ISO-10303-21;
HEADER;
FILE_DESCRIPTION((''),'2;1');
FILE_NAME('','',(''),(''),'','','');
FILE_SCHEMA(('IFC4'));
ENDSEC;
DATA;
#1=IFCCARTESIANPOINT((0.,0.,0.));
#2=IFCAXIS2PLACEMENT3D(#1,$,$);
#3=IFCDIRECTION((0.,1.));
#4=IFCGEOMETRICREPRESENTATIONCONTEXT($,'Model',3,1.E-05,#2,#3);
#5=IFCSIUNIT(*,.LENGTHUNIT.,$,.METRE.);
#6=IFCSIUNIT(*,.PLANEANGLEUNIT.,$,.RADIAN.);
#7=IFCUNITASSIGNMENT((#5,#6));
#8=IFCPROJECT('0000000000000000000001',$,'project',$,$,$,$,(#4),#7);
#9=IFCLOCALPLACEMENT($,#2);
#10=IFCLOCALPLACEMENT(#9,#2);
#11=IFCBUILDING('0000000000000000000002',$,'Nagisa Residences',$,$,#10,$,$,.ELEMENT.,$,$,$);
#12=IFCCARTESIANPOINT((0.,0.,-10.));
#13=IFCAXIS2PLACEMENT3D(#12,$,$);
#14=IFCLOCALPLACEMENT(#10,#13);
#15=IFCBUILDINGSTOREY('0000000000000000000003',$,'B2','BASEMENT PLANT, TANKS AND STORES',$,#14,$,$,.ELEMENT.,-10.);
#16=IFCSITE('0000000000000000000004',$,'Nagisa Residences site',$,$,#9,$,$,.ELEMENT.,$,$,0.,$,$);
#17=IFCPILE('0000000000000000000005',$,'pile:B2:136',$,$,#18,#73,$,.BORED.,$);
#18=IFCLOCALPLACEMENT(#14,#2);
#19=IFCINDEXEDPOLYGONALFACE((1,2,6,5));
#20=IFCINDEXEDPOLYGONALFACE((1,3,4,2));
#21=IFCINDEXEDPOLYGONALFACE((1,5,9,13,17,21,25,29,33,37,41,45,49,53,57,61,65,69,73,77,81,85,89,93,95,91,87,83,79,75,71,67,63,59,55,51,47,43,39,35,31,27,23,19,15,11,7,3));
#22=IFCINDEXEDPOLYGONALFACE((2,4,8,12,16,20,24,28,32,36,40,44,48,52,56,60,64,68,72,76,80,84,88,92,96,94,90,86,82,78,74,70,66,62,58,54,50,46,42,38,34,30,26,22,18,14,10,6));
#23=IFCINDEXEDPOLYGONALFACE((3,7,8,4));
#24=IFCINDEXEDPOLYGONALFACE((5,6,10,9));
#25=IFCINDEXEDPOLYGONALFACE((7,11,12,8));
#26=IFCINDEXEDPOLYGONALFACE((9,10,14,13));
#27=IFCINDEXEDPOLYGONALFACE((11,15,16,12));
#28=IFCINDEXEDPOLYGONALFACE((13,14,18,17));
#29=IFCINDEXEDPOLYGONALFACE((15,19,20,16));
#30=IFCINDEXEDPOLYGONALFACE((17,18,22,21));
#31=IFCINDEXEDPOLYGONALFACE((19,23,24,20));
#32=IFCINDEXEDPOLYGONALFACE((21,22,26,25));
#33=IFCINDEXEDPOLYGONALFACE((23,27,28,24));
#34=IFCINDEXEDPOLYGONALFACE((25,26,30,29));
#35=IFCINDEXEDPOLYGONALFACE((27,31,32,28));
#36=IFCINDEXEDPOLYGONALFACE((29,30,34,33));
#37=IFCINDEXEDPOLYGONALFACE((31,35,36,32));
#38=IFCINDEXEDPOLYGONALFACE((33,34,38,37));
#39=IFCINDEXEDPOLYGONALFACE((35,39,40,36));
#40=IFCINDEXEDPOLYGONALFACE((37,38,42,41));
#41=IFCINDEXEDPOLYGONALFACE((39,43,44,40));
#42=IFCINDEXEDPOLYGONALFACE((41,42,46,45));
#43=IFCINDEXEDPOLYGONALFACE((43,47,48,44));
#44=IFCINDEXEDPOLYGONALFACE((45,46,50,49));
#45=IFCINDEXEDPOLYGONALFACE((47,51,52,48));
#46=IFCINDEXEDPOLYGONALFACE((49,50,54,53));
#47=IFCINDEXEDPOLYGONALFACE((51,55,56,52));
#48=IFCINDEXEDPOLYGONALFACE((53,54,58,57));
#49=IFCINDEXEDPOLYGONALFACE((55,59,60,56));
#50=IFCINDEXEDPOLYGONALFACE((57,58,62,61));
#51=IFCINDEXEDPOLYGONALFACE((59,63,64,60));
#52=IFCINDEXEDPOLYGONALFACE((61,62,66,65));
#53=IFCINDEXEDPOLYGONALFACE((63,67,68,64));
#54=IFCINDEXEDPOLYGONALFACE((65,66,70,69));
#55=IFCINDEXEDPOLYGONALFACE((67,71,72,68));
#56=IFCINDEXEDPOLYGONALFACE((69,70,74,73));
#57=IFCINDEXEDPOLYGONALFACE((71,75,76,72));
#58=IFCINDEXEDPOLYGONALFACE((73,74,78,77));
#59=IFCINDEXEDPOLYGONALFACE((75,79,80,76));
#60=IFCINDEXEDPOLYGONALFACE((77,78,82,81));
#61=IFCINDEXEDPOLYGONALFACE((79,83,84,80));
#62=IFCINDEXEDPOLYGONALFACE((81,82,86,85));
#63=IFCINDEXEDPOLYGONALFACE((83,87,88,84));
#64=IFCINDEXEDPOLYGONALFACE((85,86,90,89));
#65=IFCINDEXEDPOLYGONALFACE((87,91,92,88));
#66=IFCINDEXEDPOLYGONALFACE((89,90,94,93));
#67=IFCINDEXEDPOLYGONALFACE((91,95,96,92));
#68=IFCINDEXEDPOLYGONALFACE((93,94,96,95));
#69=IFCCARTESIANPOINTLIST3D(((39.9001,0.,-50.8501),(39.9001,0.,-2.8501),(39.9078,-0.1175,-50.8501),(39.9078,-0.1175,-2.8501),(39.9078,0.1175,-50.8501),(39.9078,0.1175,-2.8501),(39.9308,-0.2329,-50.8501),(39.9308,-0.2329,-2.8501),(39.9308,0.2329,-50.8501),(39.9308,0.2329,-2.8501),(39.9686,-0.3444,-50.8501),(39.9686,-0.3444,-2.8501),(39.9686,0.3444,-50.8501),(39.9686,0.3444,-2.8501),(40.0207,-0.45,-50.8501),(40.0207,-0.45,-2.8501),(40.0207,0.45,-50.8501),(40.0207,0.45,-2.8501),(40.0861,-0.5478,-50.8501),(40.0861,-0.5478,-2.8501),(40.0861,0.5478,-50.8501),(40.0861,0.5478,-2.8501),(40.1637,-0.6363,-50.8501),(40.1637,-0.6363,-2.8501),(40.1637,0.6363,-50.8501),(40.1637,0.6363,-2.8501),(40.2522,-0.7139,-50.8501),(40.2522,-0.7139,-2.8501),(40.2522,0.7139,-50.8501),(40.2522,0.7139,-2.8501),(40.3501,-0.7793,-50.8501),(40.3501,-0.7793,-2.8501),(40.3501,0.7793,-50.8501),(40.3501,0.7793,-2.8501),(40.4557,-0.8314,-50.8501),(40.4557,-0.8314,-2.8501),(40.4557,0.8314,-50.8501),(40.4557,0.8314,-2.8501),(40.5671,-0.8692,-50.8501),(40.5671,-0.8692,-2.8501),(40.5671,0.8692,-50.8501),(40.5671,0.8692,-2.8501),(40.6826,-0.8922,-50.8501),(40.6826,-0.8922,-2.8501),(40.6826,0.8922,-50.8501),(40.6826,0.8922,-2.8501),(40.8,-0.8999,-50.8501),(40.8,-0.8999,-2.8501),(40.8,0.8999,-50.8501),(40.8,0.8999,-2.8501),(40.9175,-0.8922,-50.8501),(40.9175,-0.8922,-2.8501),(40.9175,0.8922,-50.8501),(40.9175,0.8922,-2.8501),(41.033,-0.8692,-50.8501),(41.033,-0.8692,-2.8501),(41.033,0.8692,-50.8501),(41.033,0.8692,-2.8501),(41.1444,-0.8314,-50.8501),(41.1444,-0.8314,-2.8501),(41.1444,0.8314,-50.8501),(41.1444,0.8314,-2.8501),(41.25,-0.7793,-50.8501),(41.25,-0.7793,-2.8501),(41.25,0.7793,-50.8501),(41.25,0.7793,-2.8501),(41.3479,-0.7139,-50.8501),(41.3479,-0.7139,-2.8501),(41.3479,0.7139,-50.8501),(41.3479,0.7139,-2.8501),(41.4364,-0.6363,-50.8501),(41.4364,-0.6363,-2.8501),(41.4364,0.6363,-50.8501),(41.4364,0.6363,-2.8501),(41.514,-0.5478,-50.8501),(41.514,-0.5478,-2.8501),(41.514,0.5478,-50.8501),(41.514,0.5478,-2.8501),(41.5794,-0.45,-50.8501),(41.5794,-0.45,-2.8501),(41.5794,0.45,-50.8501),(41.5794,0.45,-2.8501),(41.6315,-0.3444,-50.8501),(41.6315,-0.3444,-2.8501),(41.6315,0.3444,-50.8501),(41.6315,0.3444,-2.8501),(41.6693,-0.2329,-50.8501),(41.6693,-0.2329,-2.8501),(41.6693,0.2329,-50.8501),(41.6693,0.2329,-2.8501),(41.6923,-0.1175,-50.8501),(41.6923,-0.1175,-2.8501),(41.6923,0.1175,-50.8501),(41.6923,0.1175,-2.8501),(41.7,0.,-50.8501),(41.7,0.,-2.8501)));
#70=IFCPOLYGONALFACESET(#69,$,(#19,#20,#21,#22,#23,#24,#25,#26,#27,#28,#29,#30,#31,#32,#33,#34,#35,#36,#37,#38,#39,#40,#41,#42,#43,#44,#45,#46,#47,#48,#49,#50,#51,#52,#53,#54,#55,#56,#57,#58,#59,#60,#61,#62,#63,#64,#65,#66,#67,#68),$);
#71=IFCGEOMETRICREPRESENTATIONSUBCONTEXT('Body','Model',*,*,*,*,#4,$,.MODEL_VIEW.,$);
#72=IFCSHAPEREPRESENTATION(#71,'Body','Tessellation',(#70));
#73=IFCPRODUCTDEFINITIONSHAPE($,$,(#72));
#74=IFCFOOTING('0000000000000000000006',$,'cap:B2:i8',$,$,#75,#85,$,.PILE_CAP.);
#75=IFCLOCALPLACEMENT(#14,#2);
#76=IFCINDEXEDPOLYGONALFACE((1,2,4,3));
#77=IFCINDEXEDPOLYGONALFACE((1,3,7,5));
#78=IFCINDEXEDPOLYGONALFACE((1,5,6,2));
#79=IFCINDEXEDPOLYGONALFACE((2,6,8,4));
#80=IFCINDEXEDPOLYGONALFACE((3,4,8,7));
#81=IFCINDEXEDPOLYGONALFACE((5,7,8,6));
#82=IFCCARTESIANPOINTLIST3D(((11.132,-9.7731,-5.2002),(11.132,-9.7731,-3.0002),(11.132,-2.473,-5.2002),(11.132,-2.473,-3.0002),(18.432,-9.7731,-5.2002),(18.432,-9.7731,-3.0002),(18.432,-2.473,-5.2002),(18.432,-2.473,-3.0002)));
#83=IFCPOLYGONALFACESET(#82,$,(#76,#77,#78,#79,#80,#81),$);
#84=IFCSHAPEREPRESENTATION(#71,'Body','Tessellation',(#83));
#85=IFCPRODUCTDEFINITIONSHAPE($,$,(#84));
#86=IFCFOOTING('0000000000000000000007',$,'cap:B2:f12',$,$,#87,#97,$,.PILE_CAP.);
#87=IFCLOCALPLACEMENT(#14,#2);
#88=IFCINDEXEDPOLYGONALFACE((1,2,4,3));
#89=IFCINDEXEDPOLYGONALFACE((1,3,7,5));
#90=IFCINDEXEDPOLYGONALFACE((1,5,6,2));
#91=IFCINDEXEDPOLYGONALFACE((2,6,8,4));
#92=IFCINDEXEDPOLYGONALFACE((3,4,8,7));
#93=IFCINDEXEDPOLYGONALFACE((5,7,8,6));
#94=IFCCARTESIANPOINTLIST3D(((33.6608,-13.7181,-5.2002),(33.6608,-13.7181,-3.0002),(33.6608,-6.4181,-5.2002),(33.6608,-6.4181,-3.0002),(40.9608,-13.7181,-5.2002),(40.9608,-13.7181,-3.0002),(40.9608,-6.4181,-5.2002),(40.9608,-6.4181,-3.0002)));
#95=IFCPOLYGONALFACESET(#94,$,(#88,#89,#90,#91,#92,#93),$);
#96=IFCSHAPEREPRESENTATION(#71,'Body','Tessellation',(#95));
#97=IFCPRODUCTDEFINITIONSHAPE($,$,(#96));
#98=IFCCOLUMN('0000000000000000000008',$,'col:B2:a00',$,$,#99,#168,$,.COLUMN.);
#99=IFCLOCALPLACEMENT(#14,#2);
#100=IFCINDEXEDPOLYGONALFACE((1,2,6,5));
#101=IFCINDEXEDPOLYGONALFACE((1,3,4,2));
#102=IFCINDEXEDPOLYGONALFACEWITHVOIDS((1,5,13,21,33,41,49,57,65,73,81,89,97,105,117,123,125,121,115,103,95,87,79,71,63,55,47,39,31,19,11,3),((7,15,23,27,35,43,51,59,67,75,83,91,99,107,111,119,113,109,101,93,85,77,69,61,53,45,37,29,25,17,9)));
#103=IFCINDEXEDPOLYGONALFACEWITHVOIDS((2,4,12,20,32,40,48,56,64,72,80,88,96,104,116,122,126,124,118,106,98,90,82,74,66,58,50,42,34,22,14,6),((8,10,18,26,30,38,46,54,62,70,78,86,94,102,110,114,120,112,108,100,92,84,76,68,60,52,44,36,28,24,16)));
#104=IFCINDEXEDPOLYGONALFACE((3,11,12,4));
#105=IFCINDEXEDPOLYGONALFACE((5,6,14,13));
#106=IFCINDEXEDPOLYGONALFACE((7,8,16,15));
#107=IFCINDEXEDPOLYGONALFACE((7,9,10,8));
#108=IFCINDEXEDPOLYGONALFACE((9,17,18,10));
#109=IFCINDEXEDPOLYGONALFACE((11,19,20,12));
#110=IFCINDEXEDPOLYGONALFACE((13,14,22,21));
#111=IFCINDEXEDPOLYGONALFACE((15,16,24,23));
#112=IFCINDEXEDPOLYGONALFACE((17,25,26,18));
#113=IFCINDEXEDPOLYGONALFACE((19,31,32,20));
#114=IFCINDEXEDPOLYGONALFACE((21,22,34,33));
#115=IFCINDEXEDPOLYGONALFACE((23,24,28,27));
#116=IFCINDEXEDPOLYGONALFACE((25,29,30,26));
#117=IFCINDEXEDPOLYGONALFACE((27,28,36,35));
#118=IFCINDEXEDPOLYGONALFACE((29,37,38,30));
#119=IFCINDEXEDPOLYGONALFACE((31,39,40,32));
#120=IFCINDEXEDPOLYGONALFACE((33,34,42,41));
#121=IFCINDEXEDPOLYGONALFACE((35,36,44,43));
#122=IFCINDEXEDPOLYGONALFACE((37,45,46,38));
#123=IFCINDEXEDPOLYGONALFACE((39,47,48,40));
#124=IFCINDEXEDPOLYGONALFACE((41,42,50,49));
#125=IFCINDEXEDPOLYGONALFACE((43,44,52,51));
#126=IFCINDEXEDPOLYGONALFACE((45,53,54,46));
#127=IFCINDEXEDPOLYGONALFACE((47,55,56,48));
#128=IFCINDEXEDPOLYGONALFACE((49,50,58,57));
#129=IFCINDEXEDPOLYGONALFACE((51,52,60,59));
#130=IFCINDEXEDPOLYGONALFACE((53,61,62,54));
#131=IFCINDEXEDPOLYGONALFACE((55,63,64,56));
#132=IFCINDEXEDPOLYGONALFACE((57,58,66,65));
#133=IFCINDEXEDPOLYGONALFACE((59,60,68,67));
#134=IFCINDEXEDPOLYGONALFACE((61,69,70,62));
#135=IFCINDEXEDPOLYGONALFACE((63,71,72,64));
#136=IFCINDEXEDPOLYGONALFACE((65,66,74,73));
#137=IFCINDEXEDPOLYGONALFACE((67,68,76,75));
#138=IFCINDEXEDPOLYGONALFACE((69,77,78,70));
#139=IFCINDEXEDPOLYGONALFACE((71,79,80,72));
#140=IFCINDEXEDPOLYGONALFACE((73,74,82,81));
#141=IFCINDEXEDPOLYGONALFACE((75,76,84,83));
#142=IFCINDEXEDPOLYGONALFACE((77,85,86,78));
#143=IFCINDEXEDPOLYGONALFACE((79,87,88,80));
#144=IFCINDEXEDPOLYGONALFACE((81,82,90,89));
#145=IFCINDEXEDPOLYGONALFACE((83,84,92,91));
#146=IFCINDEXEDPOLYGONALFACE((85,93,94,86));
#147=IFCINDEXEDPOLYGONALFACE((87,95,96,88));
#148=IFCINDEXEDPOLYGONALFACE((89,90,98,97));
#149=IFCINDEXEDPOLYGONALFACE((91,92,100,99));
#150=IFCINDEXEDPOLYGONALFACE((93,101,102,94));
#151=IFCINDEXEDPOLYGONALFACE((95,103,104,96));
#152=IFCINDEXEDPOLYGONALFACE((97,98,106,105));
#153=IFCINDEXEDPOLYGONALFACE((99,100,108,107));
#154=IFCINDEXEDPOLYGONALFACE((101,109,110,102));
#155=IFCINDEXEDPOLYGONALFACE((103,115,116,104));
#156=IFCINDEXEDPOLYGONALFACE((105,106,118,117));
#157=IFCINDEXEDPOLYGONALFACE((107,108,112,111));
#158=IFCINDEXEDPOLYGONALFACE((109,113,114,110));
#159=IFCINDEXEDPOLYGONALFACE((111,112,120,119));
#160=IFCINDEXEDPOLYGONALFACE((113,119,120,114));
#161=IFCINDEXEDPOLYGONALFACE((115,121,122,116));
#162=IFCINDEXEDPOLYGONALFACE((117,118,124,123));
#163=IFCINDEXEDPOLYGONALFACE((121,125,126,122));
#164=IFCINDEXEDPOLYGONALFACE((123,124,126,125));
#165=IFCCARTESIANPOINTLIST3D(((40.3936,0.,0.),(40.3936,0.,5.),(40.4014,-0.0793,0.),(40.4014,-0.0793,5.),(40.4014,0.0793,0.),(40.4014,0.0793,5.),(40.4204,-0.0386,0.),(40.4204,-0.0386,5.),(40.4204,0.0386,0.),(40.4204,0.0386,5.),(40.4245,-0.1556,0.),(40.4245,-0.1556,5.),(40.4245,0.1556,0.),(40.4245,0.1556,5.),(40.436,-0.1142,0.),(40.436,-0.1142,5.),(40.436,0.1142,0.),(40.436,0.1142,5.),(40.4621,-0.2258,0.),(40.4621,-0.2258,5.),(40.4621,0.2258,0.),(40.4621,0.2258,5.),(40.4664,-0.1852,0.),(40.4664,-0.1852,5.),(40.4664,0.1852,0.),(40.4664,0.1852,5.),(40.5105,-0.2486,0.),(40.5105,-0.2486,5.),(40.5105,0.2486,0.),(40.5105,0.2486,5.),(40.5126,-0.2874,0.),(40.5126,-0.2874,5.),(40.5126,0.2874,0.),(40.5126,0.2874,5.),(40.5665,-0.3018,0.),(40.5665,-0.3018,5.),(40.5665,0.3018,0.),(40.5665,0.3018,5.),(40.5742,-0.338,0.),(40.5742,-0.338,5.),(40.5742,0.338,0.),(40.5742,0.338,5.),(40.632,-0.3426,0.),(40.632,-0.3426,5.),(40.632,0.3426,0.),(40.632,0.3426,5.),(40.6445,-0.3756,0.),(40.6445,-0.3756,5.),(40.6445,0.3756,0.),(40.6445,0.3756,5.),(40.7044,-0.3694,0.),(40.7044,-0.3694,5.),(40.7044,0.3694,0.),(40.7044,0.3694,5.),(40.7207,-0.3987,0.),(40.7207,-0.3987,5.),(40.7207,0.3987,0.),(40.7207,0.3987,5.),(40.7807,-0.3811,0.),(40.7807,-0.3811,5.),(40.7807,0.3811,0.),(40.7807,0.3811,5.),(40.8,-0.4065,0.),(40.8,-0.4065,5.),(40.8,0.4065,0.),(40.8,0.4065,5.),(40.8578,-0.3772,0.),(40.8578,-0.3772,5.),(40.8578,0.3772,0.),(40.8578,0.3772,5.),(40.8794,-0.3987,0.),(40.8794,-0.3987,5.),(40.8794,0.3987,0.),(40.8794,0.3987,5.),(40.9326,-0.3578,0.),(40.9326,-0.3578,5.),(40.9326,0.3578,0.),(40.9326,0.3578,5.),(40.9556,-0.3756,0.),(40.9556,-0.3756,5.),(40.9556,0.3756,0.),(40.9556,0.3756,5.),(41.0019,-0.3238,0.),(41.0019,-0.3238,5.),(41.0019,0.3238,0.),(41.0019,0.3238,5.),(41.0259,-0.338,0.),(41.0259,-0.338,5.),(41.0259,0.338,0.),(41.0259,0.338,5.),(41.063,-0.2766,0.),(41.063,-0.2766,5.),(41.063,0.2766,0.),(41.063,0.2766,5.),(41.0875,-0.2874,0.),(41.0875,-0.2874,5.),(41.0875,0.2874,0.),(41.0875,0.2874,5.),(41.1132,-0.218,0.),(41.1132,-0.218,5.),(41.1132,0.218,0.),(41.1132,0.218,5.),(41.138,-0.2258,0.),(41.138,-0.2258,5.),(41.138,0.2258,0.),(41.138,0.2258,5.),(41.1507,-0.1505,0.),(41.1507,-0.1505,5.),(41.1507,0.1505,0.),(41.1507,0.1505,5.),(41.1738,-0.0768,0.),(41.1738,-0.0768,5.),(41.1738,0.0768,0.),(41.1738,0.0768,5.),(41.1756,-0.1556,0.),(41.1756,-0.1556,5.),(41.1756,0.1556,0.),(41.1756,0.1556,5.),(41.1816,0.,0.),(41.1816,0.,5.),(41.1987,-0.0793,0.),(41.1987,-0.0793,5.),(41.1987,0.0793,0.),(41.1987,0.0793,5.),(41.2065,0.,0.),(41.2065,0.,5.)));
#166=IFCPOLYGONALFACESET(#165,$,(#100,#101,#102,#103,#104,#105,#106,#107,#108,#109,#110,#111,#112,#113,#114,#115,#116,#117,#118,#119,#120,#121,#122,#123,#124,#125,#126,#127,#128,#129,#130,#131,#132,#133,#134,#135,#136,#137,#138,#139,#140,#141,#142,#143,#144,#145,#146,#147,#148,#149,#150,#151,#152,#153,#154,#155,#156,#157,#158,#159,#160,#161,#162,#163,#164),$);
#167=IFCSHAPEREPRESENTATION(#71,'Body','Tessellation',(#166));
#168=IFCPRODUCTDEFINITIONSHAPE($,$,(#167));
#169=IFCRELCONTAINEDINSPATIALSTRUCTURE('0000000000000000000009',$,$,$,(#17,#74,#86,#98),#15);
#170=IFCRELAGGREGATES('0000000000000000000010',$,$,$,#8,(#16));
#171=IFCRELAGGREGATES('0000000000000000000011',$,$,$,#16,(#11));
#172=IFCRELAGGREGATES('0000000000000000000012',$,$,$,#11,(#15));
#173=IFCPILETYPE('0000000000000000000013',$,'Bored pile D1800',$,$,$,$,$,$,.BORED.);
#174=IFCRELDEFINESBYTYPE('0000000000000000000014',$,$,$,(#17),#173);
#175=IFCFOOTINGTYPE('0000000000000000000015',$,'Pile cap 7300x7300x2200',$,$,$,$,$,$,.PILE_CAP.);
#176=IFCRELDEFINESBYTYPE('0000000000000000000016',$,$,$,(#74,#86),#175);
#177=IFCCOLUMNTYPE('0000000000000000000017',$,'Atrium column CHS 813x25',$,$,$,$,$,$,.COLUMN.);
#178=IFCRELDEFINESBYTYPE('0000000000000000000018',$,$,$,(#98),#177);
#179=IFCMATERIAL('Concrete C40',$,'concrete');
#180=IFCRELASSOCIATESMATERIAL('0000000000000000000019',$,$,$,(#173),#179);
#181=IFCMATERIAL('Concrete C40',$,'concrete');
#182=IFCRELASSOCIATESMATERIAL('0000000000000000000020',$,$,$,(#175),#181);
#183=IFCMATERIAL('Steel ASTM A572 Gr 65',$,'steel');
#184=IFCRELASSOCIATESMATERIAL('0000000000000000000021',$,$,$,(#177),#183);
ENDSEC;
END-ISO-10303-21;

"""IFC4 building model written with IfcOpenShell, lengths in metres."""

from ifc_helpers import new_model, si_unit, direction, frame, origin, origin_2d, place, context, subcontext, project, spatial, rectangle, circle, hollow_circle, extrude, material, material_profile, profile_set, type_object, element, save


model = new_model("IFC4")

# Units and contexts
model_context = context("Model", 3, precision=1e-05, world=origin(), true_north=direction((0.0, 1.0)))
body_context = subcontext(model_context, "Body", "Model", "MODEL_VIEW")
ifc_project = project(units=[si_unit("LENGTHUNIT", "METRE"), si_unit("PLANEANGLEUNIT", "RADIAN")], contexts=[model_context])

# Site, building, storey
site_placement = place(None, origin())
site = spatial("IfcSite", under=ifc_project, at=site_placement, Name="Nagisa Residences site", CompositionType="ELEMENT", RefElevation=0.0)
building_placement = place(site_placement, origin())
building = spatial("IfcBuilding", under=site, at=building_placement, Name="Nagisa Residences", CompositionType="ELEMENT")
storey_placement = place(building_placement, frame((0.0, 0.0, -10.0)))
storey = spatial("IfcBuildingStorey", under=building, at=storey_placement, Name="B2", Description="BASEMENT PLANT, TANKS AND STORES", CompositionType="ELEMENT", Elevation=-10.0)

# Pile
ifc_material_1 = material(Name="Concrete C40", Category="concrete")
ifc_material_profile_1 = material_profile(ifc_material_1, circle(Radius=0.8999, at=origin_2d()), Name="Bored pile D1800")
ifc_profile_set_1 = profile_set([ifc_material_profile_1], Name="Concrete C40")
pile_type = type_object("IfcPileType", Name="Bored pile D1800", PredefinedType="BORED", material=ifc_profile_set_1)
for number, where, z_axis, x_axis, name in (
    (1, (40.8, 0.0, -2.8501), (0.0, 0.0, -1.0), (1.0, 0.0, 0.0), "pile:B2:136"),
):
    element("IfcPile", number, at=place(storey_placement, frame(where, z_axis=z_axis, x_axis=x_axis)), inside=storey, type_object=pile_type, Name=name, PredefinedType="BORED", context=body_context, shape_type="SweptSolid", body=[
        extrude(circle(Radius=0.8999, at=origin_2d()), origin(), (0.0, 0.0, 1.0), 48.0),
    ])

# Footings
ifc_material_2 = material(Name="Concrete C40", Category="concrete")
footing_type = type_object("IfcFootingType", Name="Pile cap 7300x7300x2200", PredefinedType="PILE_CAP", material=ifc_material_2)
for number, where, z_axis, x_axis, name in (
    (2, (14.782, -6.123, -5.2002), (0.0, 0.0, 1.0), (1.0, 0.0, 0.0), "cap:B2:i8"),
    (3, (37.3108, -10.0681, -5.2002), (0.0, 0.0, 1.0), (1.0, 0.0, 0.0), "cap:B2:f12"),
):
    element("IfcFooting", number, at=place(storey_placement, frame(where, z_axis=z_axis, x_axis=x_axis)), inside=storey, type_object=footing_type, Name=name, PredefinedType="PILE_CAP", context=body_context, shape_type="SweptSolid", body=[
        extrude(rectangle(XDim=7.3, YDim=7.3, at=origin_2d()), origin(), (0.0, 0.0, 1.0), 2.2),
    ])

# Column
ifc_material_3 = material(Name="Steel ASTM A572 Gr 65", Category="steel")
ifc_material_profile_2 = material_profile(ifc_material_3, hollow_circle(Radius=0.4065, WallThickness=0.0249, at=origin_2d()), Name="CHS 813x25")
ifc_profile_set_2 = profile_set([ifc_material_profile_2], Name="Steel ASTM A572 Gr 65")
column_type_1 = type_object("IfcColumnType", Name="Atrium column CHS 813x25", PredefinedType="COLUMN", material=ifc_profile_set_2)
for number, where, z_axis, x_axis, name in (
    (4, (40.8, 0.0, 0.0), (0.0, 0.0, 1.0), (1.0, 0.0, 0.0), "col:B2:a00"),
):
    element("IfcColumn", number, at=place(storey_placement, frame(where, z_axis=z_axis, x_axis=x_axis)), inside=storey, type_object=column_type_1, Name=name, PredefinedType="COLUMN", context=body_context, shape_type="SweptSolid", body=[
        extrude(hollow_circle(Radius=0.4065, WallThickness=0.0249, at=origin_2d()), origin(), (0.0, 0.0, 1.0), 5.0),
    ])

save(model, "model.ifc")
